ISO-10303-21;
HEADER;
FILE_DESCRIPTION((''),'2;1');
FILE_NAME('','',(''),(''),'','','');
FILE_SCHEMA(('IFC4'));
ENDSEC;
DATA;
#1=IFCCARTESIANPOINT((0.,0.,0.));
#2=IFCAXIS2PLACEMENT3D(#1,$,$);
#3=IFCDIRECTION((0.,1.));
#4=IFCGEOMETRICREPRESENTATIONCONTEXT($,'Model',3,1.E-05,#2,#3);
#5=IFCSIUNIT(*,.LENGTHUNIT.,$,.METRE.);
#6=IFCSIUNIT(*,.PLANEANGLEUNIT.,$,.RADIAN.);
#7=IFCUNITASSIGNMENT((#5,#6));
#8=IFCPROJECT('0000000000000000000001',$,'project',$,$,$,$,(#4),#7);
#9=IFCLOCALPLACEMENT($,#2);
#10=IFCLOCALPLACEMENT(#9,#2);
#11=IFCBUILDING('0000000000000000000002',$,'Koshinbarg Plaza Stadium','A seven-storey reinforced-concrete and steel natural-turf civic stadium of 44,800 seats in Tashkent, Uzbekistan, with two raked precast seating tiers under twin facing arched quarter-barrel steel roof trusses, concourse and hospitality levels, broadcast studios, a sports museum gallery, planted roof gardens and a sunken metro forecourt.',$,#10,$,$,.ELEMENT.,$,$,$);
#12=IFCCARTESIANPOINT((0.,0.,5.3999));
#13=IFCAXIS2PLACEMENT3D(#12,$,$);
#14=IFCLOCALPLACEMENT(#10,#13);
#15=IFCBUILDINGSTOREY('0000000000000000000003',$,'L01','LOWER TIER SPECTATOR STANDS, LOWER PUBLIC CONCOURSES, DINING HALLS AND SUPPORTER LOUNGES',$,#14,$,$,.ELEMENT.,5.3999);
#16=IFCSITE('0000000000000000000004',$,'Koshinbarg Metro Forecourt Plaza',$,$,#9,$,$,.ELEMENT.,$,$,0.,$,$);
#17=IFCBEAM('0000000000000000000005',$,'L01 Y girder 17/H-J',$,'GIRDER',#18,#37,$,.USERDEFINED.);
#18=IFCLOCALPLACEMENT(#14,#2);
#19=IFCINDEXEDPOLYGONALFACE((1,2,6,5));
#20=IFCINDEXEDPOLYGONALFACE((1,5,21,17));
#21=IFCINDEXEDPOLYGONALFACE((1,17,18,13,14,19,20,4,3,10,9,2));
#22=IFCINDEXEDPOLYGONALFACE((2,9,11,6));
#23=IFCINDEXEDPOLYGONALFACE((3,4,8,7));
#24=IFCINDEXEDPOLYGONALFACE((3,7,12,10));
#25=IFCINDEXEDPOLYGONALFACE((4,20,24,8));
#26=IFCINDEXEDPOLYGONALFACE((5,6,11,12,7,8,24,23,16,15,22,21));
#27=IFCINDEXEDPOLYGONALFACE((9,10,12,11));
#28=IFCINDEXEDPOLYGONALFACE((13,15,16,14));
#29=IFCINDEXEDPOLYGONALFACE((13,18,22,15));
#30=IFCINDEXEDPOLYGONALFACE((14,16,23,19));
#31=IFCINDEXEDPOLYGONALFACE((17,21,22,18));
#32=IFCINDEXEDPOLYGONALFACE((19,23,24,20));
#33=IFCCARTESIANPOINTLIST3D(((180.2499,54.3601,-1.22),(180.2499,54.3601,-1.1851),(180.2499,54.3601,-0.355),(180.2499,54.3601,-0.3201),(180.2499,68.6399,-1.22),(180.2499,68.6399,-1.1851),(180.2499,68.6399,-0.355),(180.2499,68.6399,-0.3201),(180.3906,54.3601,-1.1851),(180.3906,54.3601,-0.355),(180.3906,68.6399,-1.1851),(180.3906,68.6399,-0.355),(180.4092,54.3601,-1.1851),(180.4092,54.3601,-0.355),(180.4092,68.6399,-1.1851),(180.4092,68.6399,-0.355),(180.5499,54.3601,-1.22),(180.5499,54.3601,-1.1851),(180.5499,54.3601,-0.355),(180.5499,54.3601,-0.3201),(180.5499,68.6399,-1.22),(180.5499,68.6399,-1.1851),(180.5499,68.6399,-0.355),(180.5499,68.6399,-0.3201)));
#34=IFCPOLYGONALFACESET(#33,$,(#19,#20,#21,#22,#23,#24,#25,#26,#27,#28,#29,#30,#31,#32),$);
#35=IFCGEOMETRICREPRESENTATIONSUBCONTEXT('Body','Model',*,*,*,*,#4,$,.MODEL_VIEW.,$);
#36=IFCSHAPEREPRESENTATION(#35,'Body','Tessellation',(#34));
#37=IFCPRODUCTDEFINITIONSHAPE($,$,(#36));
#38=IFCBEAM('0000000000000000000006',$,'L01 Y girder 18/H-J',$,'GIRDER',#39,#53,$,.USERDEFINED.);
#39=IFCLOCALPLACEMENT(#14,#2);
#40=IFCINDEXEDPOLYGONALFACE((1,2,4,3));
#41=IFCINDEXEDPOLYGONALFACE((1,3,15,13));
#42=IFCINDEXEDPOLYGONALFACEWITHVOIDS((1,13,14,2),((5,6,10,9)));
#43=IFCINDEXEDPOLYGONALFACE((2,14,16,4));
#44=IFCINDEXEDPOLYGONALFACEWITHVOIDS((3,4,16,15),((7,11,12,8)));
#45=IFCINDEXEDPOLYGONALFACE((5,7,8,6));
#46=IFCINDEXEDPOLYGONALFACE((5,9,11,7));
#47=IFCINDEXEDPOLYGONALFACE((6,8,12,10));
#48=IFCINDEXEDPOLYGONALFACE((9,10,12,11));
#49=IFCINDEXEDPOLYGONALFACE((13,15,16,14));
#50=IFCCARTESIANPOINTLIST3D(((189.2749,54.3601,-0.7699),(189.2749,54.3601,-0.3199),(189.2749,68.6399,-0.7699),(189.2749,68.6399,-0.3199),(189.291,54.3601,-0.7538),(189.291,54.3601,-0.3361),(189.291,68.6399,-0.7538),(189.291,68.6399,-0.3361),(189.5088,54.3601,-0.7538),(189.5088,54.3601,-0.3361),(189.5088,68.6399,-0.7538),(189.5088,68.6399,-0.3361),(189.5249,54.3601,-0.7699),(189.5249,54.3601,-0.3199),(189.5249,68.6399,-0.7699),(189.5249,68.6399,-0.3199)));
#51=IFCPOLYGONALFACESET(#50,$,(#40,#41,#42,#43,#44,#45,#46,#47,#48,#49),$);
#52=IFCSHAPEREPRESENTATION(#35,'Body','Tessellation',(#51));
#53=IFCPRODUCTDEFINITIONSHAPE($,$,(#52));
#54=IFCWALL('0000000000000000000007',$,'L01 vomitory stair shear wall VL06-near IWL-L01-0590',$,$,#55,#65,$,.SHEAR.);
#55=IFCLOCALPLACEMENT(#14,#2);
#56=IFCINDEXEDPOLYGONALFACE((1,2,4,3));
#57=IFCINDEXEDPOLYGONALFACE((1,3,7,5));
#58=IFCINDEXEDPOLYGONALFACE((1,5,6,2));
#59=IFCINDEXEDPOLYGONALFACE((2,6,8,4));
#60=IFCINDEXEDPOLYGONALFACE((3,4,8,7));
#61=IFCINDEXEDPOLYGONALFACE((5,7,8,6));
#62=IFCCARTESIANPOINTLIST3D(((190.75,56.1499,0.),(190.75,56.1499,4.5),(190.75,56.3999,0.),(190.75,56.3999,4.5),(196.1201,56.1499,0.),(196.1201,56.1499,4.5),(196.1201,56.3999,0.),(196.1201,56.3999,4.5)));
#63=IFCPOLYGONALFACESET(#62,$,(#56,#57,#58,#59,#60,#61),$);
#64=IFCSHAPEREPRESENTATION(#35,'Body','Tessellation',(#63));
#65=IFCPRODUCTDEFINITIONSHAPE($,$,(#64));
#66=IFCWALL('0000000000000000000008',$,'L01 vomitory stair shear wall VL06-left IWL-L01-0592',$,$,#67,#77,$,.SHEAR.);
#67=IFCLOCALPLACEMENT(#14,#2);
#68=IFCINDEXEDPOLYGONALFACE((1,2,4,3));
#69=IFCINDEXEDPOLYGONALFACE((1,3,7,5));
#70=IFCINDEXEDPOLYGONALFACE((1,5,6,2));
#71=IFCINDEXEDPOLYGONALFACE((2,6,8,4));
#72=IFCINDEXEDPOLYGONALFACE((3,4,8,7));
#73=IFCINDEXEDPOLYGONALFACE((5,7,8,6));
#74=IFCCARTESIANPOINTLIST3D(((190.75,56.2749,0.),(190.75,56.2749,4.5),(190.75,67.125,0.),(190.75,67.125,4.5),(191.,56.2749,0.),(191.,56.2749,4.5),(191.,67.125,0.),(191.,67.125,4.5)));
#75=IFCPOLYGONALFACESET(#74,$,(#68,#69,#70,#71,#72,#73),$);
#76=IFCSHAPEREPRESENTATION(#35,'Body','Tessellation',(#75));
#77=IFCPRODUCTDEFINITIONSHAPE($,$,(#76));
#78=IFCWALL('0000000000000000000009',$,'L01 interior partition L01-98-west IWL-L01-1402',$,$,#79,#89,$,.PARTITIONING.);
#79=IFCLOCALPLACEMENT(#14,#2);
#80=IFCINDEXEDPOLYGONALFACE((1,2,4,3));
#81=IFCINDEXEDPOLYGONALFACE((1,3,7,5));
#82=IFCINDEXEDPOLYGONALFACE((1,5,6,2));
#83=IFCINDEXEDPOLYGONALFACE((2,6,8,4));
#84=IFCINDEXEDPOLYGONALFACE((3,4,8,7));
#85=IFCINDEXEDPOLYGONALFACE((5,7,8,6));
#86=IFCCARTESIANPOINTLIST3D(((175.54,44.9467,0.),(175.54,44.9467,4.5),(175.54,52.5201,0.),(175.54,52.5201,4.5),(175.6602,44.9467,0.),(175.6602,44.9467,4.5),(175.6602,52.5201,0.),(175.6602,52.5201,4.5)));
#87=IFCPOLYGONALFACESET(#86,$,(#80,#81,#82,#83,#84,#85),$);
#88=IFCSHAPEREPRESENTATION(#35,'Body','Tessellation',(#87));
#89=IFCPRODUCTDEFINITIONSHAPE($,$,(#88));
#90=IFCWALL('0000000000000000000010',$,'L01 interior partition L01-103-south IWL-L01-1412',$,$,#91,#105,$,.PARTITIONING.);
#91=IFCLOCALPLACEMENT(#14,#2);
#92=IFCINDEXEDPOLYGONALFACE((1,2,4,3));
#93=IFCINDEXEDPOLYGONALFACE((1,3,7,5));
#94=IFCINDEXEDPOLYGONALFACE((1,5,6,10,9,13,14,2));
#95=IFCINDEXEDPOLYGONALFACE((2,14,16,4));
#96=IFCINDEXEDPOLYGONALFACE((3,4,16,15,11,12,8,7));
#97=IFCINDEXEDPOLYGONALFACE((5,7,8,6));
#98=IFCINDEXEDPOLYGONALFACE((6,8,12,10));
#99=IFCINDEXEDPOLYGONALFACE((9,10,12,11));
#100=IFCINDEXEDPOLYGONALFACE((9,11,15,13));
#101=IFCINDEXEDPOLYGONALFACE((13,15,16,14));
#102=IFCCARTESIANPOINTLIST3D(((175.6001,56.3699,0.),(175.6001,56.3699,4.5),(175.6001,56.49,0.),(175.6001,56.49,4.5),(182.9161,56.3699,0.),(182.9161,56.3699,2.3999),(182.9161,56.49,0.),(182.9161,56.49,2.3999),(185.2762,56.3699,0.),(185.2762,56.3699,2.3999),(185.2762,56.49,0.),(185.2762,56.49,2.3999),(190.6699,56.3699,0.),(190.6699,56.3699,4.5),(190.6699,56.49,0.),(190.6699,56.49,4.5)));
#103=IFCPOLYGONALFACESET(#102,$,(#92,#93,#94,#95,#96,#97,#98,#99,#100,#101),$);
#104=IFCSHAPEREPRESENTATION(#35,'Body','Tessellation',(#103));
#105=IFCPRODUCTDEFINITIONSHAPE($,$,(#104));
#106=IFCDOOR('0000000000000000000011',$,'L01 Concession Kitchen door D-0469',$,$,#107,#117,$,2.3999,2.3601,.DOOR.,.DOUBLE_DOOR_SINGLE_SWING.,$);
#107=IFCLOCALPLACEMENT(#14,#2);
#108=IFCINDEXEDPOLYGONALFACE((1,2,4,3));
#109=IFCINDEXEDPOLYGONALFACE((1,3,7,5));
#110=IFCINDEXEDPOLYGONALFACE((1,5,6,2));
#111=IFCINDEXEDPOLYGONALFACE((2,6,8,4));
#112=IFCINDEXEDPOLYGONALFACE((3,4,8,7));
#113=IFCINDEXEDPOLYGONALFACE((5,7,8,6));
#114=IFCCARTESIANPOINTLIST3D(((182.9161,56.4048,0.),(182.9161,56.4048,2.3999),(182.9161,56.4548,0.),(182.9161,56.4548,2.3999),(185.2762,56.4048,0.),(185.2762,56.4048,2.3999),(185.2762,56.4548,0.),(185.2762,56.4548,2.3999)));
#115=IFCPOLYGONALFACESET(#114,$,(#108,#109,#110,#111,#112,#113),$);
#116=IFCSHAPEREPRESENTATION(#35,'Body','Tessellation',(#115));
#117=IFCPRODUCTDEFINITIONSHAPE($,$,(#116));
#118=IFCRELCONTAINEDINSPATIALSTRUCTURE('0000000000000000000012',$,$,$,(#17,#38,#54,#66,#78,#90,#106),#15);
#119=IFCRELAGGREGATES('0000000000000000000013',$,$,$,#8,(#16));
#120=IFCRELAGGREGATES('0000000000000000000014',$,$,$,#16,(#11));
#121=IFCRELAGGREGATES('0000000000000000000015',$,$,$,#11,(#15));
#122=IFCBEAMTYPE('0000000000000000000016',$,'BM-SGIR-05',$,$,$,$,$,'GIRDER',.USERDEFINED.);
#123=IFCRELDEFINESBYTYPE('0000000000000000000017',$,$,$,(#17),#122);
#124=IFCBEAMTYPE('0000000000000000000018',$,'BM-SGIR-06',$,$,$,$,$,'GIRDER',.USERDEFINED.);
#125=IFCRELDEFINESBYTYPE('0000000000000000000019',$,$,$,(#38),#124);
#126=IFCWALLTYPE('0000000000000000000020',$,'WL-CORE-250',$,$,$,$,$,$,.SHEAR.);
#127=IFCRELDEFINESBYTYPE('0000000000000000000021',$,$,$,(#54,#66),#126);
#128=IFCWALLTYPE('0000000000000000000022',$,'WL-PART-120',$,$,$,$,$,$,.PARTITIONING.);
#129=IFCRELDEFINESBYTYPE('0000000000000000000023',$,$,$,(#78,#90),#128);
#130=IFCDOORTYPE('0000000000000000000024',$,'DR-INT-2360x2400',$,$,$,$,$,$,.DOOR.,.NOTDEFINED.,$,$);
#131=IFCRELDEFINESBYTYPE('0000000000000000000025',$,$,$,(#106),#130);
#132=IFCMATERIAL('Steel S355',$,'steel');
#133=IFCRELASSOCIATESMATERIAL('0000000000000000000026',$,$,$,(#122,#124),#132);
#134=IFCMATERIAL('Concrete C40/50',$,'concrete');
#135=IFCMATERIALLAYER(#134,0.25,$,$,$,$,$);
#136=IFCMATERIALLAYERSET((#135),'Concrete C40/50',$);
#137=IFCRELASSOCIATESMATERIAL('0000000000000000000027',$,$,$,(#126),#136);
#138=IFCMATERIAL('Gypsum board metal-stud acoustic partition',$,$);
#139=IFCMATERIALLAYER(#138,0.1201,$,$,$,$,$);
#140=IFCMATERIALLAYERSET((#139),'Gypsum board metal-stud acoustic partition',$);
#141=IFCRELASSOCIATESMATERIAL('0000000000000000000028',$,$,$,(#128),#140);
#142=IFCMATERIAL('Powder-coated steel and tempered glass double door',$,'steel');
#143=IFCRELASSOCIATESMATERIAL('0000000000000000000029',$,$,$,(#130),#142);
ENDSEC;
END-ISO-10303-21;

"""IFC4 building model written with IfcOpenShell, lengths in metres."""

from ifc_helpers import new_model, si_unit, direction, frame, frame_2d, origin, origin_2d, place, context, subcontext, project, spatial, rectangle, hollow_rectangle, i_section, extrude, material, layer, layer_set, material_profile, profile_set, type_object, element, fill, save


model = new_model("IFC4")

# Units and contexts
model_context = context("Model", 3, precision=1e-05, world=origin(), true_north=direction((0.0, 1.0)))
body_context = subcontext(model_context, "Body", "Model", "MODEL_VIEW")
ifc_project = project(units=[si_unit("LENGTHUNIT", "METRE"), si_unit("PLANEANGLEUNIT", "RADIAN")], contexts=[model_context])

# Site, building, storey
site_placement = place(None, origin())
site = spatial("IfcSite", under=ifc_project, at=site_placement, Name="Koshinbarg Metro Forecourt Plaza", CompositionType="ELEMENT", RefElevation=0.0)
building_placement = place(site_placement, origin())
building = spatial("IfcBuilding", under=site, at=building_placement, Name="Koshinbarg Plaza Stadium", Description="A seven-storey reinforced-concrete and steel natural-turf civic stadium of 44,800 seats in Tashkent, Uzbekistan, with two raked precast seating tiers under twin facing arched quarter-barrel steel roof trusses, concourse and hospitality levels, broadcast studios, a sports museum gallery, planted roof gardens and a sunken metro forecourt.", CompositionType="ELEMENT")
storey_placement = place(building_placement, frame((0.0, 0.0, 5.3999)))
storey = spatial("IfcBuildingStorey", under=building, at=storey_placement, Name="L01", Description="LOWER TIER SPECTATOR STANDS, LOWER PUBLIC CONCOURSES, DINING HALLS AND SUPPORTER LOUNGES", CompositionType="ELEMENT", Elevation=5.3999)

# Shared definitions
ifc_material_1 = material(Name="Concrete C40/50", Category="concrete")

# Beams
ifc_material_2 = material(Name="Steel S355", Category="steel")
ifc_material_profile_1 = material_profile(ifc_material_2, i_section(OverallWidth=0.3, OverallDepth=0.8999, WebThickness=0.0186, FlangeThickness=0.0349, at=origin_2d()), Name="HEB 900")
ifc_profile_set_1 = profile_set([ifc_material_profile_1], Name="Steel S355")
beam_type_1 = type_object("IfcBeamType", Name="BM-SGIR-05", ElementType="GIRDER", PredefinedType="USERDEFINED", material=ifc_profile_set_1)
beam_1_placement = place(storey_placement, frame((180.3999, 54.3601, -0.77), z_axis=(0.0, 1.0, 0.0), x_axis=(-1.0, 0.0, 0.0)))
element("IfcBeam", 1, at=beam_1_placement, inside=storey, type_object=beam_type_1, Name="L01 Y girder 17/H-J", ObjectType="GIRDER", PredefinedType="USERDEFINED", context=body_context, shape_type="SweptSolid", body=[
    extrude(i_section(OverallWidth=0.3, OverallDepth=0.8999, WebThickness=0.0186, FlangeThickness=0.0349, at=origin_2d()), origin(), (0.0, 0.0, 1.0), 14.2798),
])
ifc_material_profile_2 = material_profile(ifc_material_2, hollow_rectangle(XDim=0.25, YDim=0.45, WallThickness=0.0161, at=origin_2d()), Name="RHS 450x250x16")
ifc_profile_set_2 = profile_set([ifc_material_profile_2], Name="Steel S355")
beam_type_2 = type_object("IfcBeamType", Name="BM-SGIR-06", ElementType="GIRDER", PredefinedType="USERDEFINED", material=ifc_profile_set_2)
beam_2_placement = place(storey_placement, frame((189.3999, 54.3601, -0.5449), z_axis=(0.0, 1.0, 0.0), x_axis=(-1.0, 0.0, 0.0)))
element("IfcBeam", 2, at=beam_2_placement, inside=storey, type_object=beam_type_2, Name="L01 Y girder 18/H-J", ObjectType="GIRDER", PredefinedType="USERDEFINED", context=body_context, shape_type="SweptSolid", body=[
    extrude(hollow_rectangle(XDim=0.25, YDim=0.45, WallThickness=0.0161, at=origin_2d()), origin(), (0.0, 0.0, 1.0), 14.2798),
])

# Walls
ifc_layer_1 = layer(ifc_material_1, 0.25)
ifc_layer_set_1 = layer_set([ifc_layer_1], Name="Concrete C40/50")
wall_type_1 = type_object("IfcWallType", Name="WL-CORE-250", PredefinedType="SHEAR", material=ifc_layer_set_1)
wall_1_placement = place(storey_placement, frame((190.75, 56.2749, 0.0), z_axis=(0.0, 0.0, 1.0), x_axis=(1.0, 0.0, 0.0)))
element("IfcWall", 3, at=wall_1_placement, inside=storey, type_object=wall_type_1, Name="L01 vomitory stair shear wall VL06-near IWL-L01-0590", PredefinedType="SHEAR", context=body_context, shape_type="SweptSolid", body=[
    extrude(rectangle(XDim=5.3701, YDim=0.25, at=frame_2d((2.6851, 0.0))), origin(), (0.0, 0.0, 1.0), 4.5),
])
wall_2_placement = place(storey_placement, frame((190.875, 56.2749, 0.0), z_axis=(0.0, 0.0, 1.0), x_axis=(0.0, 1.0, 0.0)))
element("IfcWall", 4, at=wall_2_placement, inside=storey, type_object=wall_type_1, Name="L01 vomitory stair shear wall VL06-left IWL-L01-0592", PredefinedType="SHEAR", context=body_context, shape_type="SweptSolid", body=[
    extrude(rectangle(XDim=10.8501, YDim=0.25, at=frame_2d((5.425, 0.0))), origin(), (0.0, 0.0, 1.0), 4.5),
])
ifc_material_3 = material(Name="Gypsum board metal-stud acoustic partition")
ifc_layer_2 = layer(ifc_material_3, 0.1201)
ifc_layer_set_2 = layer_set([ifc_layer_2], Name="Gypsum board metal-stud acoustic partition")
wall_type_2 = type_object("IfcWallType", Name="WL-PART-120", PredefinedType="PARTITIONING", material=ifc_layer_set_2)
wall_3_placement = place(storey_placement, frame((175.6001, 52.52, 0.0), z_axis=(0.0, 0.0, 1.0), x_axis=(0.0, -1.0, 0.0)))
element("IfcWall", 5, at=wall_3_placement, inside=storey, type_object=wall_type_2, Name="L01 interior partition L01-98-west IWL-L01-1402", PredefinedType="PARTITIONING", context=body_context, shape_type="SweptSolid", body=[
    extrude(rectangle(XDim=7.5735, YDim=0.1201, at=frame_2d((3.7866, 0.0))), origin(), (0.0, 0.0, 1.0), 4.5),
])

# Wall, opening, door
wall_4_placement = place(storey_placement, frame((175.6001, 56.4299, 0.0), z_axis=(0.0, 0.0, 1.0), x_axis=(1.0, 0.0, 0.0)))
wall_4 = element("IfcWall", 6, at=wall_4_placement, inside=storey, type_object=wall_type_2, Name="L01 interior partition L01-103-south IWL-L01-1412", PredefinedType="PARTITIONING", context=body_context, shape_type="SweptSolid", body=[
    extrude(rectangle(XDim=15.0698, YDim=0.1201, at=frame_2d((7.5349, 0.0))), origin(), (0.0, 0.0, 1.0), 4.5),
])
opening_placement = place(wall_4_placement, frame((7.3159, 0.0, 0.0)))
opening = element("IfcOpeningElement", 7, at=opening_placement, cuts=wall_4, PredefinedType="OPENING", context=body_context, shape_type="SweptSolid", body=[
    extrude(rectangle(XDim=2.3601, YDim=2.3999, at=frame_2d((1.1802, 1.2))), frame((0.0, 0.0701, 0.0), z_axis=(0.0, -1.0, 0.0), x_axis=(1.0, 0.0, 0.0)), (0.0, 0.0, 1.0), 0.1401),
])
ifc_material_4 = material(Name="Powder-coated steel and tempered glass double door", Category="steel")
door_type = type_object("IfcDoorType", Name="DR-INT-2360x2400", OperationType="NOTDEFINED", PredefinedType="DOOR", material=ifc_material_4)
door_placement = place(opening_placement, origin())
door = element("IfcDoor", 8, at=door_placement, inside=storey, type_object=door_type, Name="L01 Concession Kitchen door D-0469", OperationType="DOUBLE_DOOR_SINGLE_SWING", OverallHeight=2.3999, OverallWidth=2.3601, PredefinedType="DOOR", context=body_context, shape_type="SweptSolid", body=[
    extrude(rectangle(XDim=2.3601, YDim=2.3999, at=frame_2d((1.1802, 1.2))), frame((0.0, 0.0249, 0.0), z_axis=(0.0, -1.0, 0.0), x_axis=(1.0, 0.0, 0.0)), (0.0, 0.0, 1.0), 0.05),
])
fill(opening, door)

save(model, "model.ifc")
